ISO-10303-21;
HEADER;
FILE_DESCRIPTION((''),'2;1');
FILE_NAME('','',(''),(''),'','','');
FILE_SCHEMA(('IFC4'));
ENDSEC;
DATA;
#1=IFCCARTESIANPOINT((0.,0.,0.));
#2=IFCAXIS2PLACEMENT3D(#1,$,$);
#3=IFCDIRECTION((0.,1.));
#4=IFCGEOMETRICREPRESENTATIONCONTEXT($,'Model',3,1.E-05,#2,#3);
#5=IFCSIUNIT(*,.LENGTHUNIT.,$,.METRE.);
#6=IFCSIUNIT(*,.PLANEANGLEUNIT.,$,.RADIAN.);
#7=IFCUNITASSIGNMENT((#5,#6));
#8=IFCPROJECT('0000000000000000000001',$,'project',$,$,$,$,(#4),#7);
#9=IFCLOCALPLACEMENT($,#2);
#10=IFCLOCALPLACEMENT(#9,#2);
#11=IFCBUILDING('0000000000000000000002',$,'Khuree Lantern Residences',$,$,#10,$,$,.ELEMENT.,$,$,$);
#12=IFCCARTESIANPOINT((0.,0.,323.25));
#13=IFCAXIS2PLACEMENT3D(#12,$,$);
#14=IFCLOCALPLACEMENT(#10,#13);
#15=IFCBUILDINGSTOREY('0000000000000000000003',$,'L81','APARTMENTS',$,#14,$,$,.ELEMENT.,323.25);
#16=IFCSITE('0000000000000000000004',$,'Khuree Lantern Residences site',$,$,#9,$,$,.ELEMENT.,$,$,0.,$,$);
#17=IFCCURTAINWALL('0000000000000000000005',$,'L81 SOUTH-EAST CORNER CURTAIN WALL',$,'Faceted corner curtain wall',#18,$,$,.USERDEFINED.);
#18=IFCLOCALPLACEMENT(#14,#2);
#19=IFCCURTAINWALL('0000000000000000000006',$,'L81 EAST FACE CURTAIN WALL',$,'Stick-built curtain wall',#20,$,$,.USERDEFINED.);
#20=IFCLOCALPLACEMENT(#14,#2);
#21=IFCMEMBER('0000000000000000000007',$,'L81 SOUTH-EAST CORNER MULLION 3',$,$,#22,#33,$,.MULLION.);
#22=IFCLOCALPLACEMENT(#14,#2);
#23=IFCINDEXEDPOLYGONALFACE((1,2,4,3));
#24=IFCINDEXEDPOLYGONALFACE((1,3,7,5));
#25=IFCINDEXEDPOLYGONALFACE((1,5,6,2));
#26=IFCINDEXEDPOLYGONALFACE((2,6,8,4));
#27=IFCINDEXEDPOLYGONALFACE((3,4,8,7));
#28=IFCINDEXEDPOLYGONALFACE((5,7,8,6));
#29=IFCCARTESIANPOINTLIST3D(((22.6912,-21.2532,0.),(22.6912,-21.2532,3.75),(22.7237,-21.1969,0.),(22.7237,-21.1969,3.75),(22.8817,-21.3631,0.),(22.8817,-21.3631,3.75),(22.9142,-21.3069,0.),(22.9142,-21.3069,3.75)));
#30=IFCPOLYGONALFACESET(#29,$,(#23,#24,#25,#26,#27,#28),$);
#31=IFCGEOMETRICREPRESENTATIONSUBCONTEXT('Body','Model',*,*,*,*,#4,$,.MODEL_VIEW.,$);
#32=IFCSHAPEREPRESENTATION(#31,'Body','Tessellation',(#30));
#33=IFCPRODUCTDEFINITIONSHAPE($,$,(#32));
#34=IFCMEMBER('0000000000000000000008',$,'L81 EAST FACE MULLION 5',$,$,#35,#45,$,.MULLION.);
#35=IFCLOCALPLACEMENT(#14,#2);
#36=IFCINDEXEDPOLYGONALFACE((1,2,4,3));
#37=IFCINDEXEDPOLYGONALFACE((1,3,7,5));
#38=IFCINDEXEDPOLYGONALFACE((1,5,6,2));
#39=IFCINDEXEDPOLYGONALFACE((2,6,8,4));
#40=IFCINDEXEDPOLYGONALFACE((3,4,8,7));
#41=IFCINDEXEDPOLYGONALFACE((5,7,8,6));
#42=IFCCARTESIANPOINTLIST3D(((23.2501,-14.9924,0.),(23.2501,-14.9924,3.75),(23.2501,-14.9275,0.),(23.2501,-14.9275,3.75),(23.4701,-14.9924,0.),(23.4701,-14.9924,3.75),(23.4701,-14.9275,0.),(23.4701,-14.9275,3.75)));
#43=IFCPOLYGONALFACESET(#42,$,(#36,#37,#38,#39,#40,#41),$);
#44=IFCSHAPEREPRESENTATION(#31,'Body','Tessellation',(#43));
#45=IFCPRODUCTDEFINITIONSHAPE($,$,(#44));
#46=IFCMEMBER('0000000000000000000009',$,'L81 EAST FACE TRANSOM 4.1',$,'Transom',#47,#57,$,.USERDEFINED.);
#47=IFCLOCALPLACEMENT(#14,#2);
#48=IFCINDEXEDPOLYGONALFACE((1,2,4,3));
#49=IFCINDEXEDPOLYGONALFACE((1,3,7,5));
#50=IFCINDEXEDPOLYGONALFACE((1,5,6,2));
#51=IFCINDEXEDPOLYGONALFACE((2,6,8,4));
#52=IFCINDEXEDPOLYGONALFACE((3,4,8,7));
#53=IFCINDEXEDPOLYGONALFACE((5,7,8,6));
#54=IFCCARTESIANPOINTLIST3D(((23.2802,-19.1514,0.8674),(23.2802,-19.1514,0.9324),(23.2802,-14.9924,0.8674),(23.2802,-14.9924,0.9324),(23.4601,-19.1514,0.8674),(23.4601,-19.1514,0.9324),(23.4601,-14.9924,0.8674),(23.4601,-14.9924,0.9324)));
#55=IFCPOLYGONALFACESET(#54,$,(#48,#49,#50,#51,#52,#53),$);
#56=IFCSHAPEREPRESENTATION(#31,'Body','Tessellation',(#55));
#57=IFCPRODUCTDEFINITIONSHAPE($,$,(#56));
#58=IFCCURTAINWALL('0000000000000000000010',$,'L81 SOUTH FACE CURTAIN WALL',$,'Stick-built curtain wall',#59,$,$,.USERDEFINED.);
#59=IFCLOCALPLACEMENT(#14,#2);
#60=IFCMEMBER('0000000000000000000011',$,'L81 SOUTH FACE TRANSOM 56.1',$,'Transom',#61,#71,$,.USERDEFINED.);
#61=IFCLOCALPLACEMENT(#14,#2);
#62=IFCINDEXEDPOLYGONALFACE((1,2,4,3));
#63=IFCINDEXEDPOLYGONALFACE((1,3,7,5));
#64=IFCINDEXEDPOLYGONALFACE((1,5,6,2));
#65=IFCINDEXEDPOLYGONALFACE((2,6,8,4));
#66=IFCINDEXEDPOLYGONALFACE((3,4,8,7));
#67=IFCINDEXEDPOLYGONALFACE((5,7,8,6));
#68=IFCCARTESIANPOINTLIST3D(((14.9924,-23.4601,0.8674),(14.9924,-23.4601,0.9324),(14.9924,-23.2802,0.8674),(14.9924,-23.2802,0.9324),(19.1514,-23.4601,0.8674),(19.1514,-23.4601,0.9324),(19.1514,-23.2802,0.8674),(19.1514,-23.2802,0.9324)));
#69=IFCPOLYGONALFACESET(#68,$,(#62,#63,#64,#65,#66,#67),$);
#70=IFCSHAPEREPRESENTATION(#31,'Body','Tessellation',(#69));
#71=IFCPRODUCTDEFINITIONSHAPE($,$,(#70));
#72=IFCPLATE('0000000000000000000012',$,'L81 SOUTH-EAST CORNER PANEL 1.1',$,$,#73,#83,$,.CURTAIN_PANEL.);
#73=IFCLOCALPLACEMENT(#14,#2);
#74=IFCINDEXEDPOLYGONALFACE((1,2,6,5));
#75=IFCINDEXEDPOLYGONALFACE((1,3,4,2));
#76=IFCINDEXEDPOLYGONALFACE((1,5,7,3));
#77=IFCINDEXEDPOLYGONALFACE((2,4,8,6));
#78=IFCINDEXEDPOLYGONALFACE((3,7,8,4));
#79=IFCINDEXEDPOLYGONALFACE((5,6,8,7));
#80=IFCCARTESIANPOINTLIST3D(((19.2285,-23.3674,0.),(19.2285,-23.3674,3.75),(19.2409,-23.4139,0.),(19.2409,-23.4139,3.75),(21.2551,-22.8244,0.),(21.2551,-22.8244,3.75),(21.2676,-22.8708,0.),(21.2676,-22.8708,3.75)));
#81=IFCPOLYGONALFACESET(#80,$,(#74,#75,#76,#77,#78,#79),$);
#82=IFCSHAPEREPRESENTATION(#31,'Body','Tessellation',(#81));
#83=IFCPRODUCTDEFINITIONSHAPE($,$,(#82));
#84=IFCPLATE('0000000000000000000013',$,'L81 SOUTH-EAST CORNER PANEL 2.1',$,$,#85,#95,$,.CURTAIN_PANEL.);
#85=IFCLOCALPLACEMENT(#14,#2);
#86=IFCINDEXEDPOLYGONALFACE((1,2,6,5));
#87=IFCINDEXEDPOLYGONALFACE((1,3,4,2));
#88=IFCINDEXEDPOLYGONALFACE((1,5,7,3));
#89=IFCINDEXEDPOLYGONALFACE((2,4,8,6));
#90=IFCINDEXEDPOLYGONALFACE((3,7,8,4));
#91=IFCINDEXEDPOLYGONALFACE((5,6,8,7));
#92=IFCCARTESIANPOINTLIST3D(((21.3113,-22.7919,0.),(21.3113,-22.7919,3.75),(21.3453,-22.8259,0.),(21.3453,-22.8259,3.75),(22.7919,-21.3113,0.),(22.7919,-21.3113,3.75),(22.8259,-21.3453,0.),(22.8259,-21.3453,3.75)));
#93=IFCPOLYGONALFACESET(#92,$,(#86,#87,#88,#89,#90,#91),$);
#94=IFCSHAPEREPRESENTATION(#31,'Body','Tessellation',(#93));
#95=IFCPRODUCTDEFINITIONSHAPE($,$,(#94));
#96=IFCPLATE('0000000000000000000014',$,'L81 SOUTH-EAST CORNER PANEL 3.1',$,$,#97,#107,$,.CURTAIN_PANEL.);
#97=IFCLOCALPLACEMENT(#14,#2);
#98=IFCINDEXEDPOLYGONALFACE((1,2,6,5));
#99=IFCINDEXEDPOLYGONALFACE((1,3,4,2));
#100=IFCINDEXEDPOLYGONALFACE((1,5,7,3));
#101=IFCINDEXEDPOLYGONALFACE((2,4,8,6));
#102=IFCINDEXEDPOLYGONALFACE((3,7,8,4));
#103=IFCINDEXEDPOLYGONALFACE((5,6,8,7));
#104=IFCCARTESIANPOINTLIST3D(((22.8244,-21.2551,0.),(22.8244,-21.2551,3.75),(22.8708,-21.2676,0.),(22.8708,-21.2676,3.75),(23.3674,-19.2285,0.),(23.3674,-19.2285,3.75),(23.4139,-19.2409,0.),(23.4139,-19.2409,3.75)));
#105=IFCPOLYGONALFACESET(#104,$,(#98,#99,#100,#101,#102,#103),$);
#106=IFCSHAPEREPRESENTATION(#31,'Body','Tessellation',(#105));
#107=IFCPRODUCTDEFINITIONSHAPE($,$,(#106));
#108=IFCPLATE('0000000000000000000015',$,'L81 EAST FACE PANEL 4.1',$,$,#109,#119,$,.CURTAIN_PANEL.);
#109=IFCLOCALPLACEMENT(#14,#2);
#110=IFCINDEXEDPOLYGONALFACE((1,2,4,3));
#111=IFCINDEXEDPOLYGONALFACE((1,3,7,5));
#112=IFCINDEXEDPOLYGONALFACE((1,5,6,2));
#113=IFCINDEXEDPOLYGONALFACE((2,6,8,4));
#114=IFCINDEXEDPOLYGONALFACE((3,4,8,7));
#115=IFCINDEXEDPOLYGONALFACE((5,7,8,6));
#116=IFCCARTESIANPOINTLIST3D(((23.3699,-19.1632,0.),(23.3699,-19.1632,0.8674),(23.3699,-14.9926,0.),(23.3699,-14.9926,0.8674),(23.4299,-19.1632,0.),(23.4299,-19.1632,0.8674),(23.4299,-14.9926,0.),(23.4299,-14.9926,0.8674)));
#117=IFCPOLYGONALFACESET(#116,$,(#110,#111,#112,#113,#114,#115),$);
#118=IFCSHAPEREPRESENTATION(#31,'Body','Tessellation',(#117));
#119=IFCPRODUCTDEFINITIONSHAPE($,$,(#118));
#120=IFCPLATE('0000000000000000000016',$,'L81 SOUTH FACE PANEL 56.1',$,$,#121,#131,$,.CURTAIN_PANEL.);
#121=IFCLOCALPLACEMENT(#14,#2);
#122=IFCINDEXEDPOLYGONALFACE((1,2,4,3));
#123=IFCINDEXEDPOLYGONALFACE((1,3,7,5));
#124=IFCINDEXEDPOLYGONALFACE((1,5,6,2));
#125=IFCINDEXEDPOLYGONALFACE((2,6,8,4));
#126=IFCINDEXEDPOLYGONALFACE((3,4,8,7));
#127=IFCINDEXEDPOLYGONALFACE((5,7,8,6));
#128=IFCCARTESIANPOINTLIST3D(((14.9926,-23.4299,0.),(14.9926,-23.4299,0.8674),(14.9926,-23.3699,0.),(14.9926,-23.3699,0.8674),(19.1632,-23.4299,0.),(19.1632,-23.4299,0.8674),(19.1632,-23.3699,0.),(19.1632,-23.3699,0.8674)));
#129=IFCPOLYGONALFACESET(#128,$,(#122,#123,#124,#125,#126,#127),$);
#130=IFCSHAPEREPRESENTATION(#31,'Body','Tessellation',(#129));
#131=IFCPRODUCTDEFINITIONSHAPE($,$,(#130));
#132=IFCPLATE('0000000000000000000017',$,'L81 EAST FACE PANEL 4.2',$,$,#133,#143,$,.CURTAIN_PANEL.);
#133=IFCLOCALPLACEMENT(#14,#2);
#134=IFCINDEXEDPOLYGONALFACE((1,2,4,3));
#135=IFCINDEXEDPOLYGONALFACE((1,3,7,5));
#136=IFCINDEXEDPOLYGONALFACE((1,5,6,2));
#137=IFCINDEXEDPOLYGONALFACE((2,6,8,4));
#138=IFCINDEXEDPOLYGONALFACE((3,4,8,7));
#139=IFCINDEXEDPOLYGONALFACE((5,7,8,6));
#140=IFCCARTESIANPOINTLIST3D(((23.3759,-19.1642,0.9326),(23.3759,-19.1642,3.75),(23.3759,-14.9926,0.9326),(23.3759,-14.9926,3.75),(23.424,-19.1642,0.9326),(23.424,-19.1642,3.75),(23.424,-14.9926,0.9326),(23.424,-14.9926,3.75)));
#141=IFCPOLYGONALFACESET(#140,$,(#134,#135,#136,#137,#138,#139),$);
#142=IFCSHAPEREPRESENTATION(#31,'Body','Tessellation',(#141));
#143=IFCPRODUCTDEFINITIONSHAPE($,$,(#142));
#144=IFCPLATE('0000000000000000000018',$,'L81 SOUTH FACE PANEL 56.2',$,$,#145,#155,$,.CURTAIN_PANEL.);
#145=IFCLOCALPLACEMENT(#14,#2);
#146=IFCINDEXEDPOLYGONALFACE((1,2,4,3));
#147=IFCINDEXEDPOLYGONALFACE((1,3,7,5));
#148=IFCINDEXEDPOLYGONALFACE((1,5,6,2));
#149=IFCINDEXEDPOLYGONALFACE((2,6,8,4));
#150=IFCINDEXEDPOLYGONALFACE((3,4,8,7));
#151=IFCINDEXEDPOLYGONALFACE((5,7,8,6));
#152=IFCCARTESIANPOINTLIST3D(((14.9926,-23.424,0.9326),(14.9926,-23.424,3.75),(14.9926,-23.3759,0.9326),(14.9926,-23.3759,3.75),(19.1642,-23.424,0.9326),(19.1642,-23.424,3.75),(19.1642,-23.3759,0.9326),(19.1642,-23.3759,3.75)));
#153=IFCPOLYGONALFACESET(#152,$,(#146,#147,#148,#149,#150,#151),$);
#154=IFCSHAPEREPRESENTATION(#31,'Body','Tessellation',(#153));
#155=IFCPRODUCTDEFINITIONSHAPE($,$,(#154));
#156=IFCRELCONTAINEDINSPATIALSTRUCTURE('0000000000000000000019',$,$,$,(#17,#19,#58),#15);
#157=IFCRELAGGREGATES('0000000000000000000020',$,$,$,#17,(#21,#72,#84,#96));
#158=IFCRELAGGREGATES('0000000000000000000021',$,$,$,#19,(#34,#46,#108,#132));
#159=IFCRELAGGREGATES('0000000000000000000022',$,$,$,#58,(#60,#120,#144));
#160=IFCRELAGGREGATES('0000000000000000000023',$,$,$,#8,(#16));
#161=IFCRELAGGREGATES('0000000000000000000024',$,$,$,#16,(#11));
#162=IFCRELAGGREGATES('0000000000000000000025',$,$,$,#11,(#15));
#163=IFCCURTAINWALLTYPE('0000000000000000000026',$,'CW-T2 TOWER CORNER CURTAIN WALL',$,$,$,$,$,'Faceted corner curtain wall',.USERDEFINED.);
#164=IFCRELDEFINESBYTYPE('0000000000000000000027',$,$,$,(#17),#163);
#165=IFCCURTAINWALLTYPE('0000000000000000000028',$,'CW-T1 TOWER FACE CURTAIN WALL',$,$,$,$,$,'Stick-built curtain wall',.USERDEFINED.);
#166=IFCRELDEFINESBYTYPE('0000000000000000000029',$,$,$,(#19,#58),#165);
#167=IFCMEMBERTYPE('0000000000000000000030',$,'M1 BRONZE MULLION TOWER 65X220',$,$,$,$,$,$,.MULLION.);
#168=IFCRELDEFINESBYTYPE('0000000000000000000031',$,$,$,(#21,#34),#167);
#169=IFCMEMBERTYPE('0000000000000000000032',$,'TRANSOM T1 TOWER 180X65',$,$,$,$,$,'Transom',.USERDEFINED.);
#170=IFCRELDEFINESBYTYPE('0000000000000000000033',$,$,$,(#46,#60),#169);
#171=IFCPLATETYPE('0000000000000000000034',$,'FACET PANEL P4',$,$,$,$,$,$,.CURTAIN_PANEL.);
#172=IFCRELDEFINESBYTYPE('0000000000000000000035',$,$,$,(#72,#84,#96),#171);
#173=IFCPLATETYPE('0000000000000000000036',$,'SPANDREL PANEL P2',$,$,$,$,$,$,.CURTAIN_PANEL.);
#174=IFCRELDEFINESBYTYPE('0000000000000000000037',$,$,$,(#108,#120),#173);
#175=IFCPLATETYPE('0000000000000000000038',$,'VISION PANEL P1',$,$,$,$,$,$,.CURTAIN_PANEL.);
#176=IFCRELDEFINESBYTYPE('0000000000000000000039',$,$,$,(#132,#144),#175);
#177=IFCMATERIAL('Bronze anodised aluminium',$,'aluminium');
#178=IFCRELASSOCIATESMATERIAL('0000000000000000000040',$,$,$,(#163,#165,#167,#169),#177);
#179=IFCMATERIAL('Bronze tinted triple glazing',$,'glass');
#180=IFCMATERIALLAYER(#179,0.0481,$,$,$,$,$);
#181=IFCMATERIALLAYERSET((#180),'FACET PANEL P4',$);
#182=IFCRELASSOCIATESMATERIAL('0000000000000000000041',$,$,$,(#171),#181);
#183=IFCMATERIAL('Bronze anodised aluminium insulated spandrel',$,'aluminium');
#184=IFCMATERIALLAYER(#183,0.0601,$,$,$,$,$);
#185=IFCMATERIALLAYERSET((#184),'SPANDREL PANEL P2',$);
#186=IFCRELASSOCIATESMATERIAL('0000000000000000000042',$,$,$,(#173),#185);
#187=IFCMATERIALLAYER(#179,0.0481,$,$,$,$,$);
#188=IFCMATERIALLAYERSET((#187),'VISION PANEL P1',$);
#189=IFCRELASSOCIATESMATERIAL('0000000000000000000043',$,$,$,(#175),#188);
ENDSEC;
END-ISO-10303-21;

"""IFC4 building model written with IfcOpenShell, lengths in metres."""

from ifc_helpers import new_model, si_unit, direction, frame, origin, origin_2d, place, context, subcontext, project, spatial, rectangle, extrude, material, layer, layer_set, material_profile, profile_set, type_object, element, aggregate, save


model = new_model("IFC4")

# Units and contexts
model_context = context("Model", 3, precision=1e-05, world=origin(), true_north=direction((0.0, 1.0)))
body_context = subcontext(model_context, "Body", "Model", "MODEL_VIEW")
ifc_project = project(units=[si_unit("LENGTHUNIT", "METRE"), si_unit("PLANEANGLEUNIT", "RADIAN")], contexts=[model_context])

# Site, building, storey
site_placement = place(None, origin())
site = spatial("IfcSite", under=ifc_project, at=site_placement, Name="Khuree Lantern Residences site", CompositionType="ELEMENT", RefElevation=0.0)
building_placement = place(site_placement, origin())
building = spatial("IfcBuilding", under=site, at=building_placement, Name="Khuree Lantern Residences", CompositionType="ELEMENT")
storey_placement = place(building_placement, frame((0.0, 0.0, 323.25)))
storey = spatial("IfcBuildingStorey", under=building, at=storey_placement, Name="L81", Description="APARTMENTS", CompositionType="ELEMENT", Elevation=323.25)

# Curtain walls
ifc_material_1 = material(Name="Bronze anodised aluminium", Category="aluminium")
curtain_wall_type_1 = type_object("IfcCurtainWallType", Name="CW-T2 TOWER CORNER CURTAIN WALL", ElementType="Faceted corner curtain wall", PredefinedType="USERDEFINED", material=ifc_material_1)
curtain_wall_1_placement = place(storey_placement, origin())
curtain_wall_1 = element("IfcCurtainWall", 1, at=curtain_wall_1_placement, inside=storey, type_object=curtain_wall_type_1, Name="L81 SOUTH-EAST CORNER CURTAIN WALL", ObjectType="Faceted corner curtain wall", PredefinedType="USERDEFINED")
curtain_wall_type_2 = type_object("IfcCurtainWallType", Name="CW-T1 TOWER FACE CURTAIN WALL", ElementType="Stick-built curtain wall", PredefinedType="USERDEFINED", material=ifc_material_1)
curtain_wall_2_placement = place(storey_placement, origin())
curtain_wall_2 = element("IfcCurtainWall", 2, at=curtain_wall_2_placement, inside=storey, type_object=curtain_wall_type_2, Name="L81 EAST FACE CURTAIN WALL", ObjectType="Stick-built curtain wall", PredefinedType="USERDEFINED")

# Members
ifc_material_profile_1 = material_profile(ifc_material_1, rectangle(XDim=0.0649, YDim=0.22, at=origin_2d()), Name="M1 65X220")
ifc_profile_set_1 = profile_set([ifc_material_profile_1], Name="Bronze anodised aluminium")
member_type_1 = type_object("IfcMemberType", Name="M1 BRONZE MULLION TOWER 65X220", PredefinedType="MULLION", material=ifc_profile_set_1)
member_1_placement = place(storey_placement, frame((22.8027, -21.28, 0.0), z_axis=(0.0, 0.0, 1.0), x_axis=(0.5, 0.866025, 0.0)))
member_1 = element("IfcMember", 3, at=member_1_placement, type_object=member_type_1, Name="L81 SOUTH-EAST CORNER MULLION 3", PredefinedType="MULLION", context=body_context, shape_type="SweptSolid", body=[
    extrude(rectangle(XDim=0.0649, YDim=0.22, at=origin_2d()), origin(), (0.0, 0.0, 1.0), 3.75),
])
member_2_placement = place(storey_placement, frame((23.3601, -14.96, 0.0), z_axis=(0.0, 0.0, 1.0), x_axis=(0.0, 1.0, 0.0)))
member_2 = element("IfcMember", 4, at=member_2_placement, type_object=member_type_1, Name="L81 EAST FACE MULLION 5", PredefinedType="MULLION", context=body_context, shape_type="SweptSolid", body=[
    extrude(rectangle(XDim=0.0649, YDim=0.22, at=origin_2d()), origin(), (0.0, 0.0, 1.0), 3.75),
])
ifc_material_profile_2 = material_profile(ifc_material_1, rectangle(XDim=0.1799, YDim=0.0649, at=origin_2d()), Name="T1 180X65")
ifc_profile_set_2 = profile_set([ifc_material_profile_2], Name="Bronze anodised aluminium")
member_type_2 = type_object("IfcMemberType", Name="TRANSOM T1 TOWER 180X65", ElementType="Transom", PredefinedType="USERDEFINED", material=ifc_profile_set_2)
member_3_placement = place(storey_placement, frame((23.3701, -19.1514, 0.8999), z_axis=(0.0, 1.0, 0.0), x_axis=(-1.0, 0.0, 0.0)))
member_3 = element("IfcMember", 5, at=member_3_placement, type_object=member_type_2, Name="L81 EAST FACE TRANSOM 4.1", ObjectType="Transom", PredefinedType="USERDEFINED", context=body_context, shape_type="SweptSolid", body=[
    extrude(rectangle(XDim=0.1799, YDim=0.0649, at=origin_2d()), origin(), (0.0, 0.0, 1.0), 4.1589),
])

# Curtain wall, member
curtain_wall_3_placement = place(storey_placement, origin())
curtain_wall_3 = element("IfcCurtainWall", 6, at=curtain_wall_3_placement, inside=storey, type_object=curtain_wall_type_2, Name="L81 SOUTH FACE CURTAIN WALL", ObjectType="Stick-built curtain wall", PredefinedType="USERDEFINED")
member_4_placement = place(storey_placement, frame((14.9924, -23.3701, 0.8999), z_axis=(1.0, 0.0, 0.0), x_axis=(0.0, 1.0, 0.0)))
member_4 = element("IfcMember", 7, at=member_4_placement, type_object=member_type_2, Name="L81 SOUTH FACE TRANSOM 56.1", ObjectType="Transom", PredefinedType="USERDEFINED", context=body_context, shape_type="SweptSolid", body=[
    extrude(rectangle(XDim=0.1799, YDim=0.0649, at=origin_2d()), origin(), (0.0, 0.0, 1.0), 4.1589),
])

# Plates
ifc_material_2 = material(Name="Bronze tinted triple glazing", Category="glass")
ifc_layer_1 = layer(ifc_material_2, 0.0481)
ifc_layer_set_1 = layer_set([ifc_layer_1], Name="FACET PANEL P4")
plate_type_1 = type_object("IfcPlateType", Name="FACET PANEL P4", PredefinedType="CURTAIN_PANEL", material=ifc_layer_set_1)
plate_1_placement = place(storey_placement, frame((20.248, -23.1191, 0.0), z_axis=(0.0, 0.0, 1.0), x_axis=(0.965926, 0.258819, 0.0)))
plate_1 = element("IfcPlate", 8, at=plate_1_placement, type_object=plate_type_1, Name="L81 SOUTH-EAST CORNER PANEL 1.1", PredefinedType="CURTAIN_PANEL", context=body_context, shape_type="SweptSolid", body=[
    extrude(rectangle(XDim=2.0981, YDim=0.0481, at=origin_2d()), origin(), (0.0, 0.0, 1.0), 3.75),
])
plate_2_placement = place(storey_placement, frame((22.0686, -22.0686, 0.0), z_axis=(0.0, 0.0, 1.0), x_axis=(0.707107, 0.707107, 0.0)))
plate_2 = element("IfcPlate", 9, at=plate_2_placement, type_object=plate_type_1, Name="L81 SOUTH-EAST CORNER PANEL 2.1", PredefinedType="CURTAIN_PANEL", context=body_context, shape_type="SweptSolid", body=[
    extrude(rectangle(XDim=2.094, YDim=0.0481, at=origin_2d()), origin(), (0.0, 0.0, 1.0), 3.75),
])
plate_3_placement = place(storey_placement, frame((23.1191, -20.248, 0.0), z_axis=(0.0, 0.0, 1.0), x_axis=(0.258819, 0.965926, 0.0)))
plate_3 = element("IfcPlate", 10, at=plate_3_placement, type_object=plate_type_1, Name="L81 SOUTH-EAST CORNER PANEL 3.1", PredefinedType="CURTAIN_PANEL", context=body_context, shape_type="SweptSolid", body=[
    extrude(rectangle(XDim=2.0981, YDim=0.0481, at=origin_2d()), origin(), (0.0, 0.0, 1.0), 3.75),
])
aggregate(curtain_wall_1, [member_1, plate_1, plate_2, plate_3])
ifc_material_3 = material(Name="Bronze anodised aluminium insulated spandrel", Category="aluminium")
ifc_layer_2 = layer(ifc_material_3, 0.0601)
ifc_layer_set_2 = layer_set([ifc_layer_2], Name="SPANDREL PANEL P2")
plate_type_2 = type_object("IfcPlateType", Name="SPANDREL PANEL P2", PredefinedType="CURTAIN_PANEL", material=ifc_layer_set_2)
plate_4_placement = place(storey_placement, frame((23.3999, -17.0779, 0.0), z_axis=(0.0, 0.0, 1.0), x_axis=(0.0, 1.0, 0.0)))
plate_4 = element("IfcPlate", 11, at=plate_4_placement, type_object=plate_type_2, Name="L81 EAST FACE PANEL 4.1", PredefinedType="CURTAIN_PANEL", context=body_context, shape_type="SweptSolid", body=[
    extrude(rectangle(XDim=4.1707, YDim=0.0601, at=origin_2d()), origin(), (0.0, 0.0, 1.0), 0.8674),
])
plate_5_placement = place(storey_placement, frame((17.0779, -23.3999, 0.0), z_axis=(0.0, 0.0, 1.0), x_axis=(1.0, 0.0, 0.0)))
plate_5 = element("IfcPlate", 12, at=plate_5_placement, type_object=plate_type_2, Name="L81 SOUTH FACE PANEL 56.1", PredefinedType="CURTAIN_PANEL", context=body_context, shape_type="SweptSolid", body=[
    extrude(rectangle(XDim=4.1707, YDim=0.0601, at=origin_2d()), origin(), (0.0, 0.0, 1.0), 0.8674),
])
ifc_layer_3 = layer(ifc_material_2, 0.0481)
ifc_layer_set_3 = layer_set([ifc_layer_3], Name="VISION PANEL P1")
plate_type_3 = type_object("IfcPlateType", Name="VISION PANEL P1", PredefinedType="CURTAIN_PANEL", material=ifc_layer_set_3)
plate_6_placement = place(storey_placement, frame((23.3999, -17.0784, 0.9326), z_axis=(0.0, 0.0, 1.0), x_axis=(0.0, 1.0, 0.0)))
plate_6 = element("IfcPlate", 13, at=plate_6_placement, type_object=plate_type_3, Name="L81 EAST FACE PANEL 4.2", PredefinedType="CURTAIN_PANEL", context=body_context, shape_type="SweptSolid", body=[
    extrude(rectangle(XDim=4.1716, YDim=0.0481, at=origin_2d()), origin(), (0.0, 0.0, 1.0), 2.8174),
])
aggregate(curtain_wall_2, [member_2, member_3, plate_4, plate_6])
plate_7_placement = place(storey_placement, frame((17.0784, -23.3999, 0.9326), z_axis=(0.0, 0.0, 1.0), x_axis=(1.0, 0.0, 0.0)))
plate_7 = element("IfcPlate", 14, at=plate_7_placement, type_object=plate_type_3, Name="L81 SOUTH FACE PANEL 56.2", PredefinedType="CURTAIN_PANEL", context=body_context, shape_type="SweptSolid", body=[
    extrude(rectangle(XDim=4.1716, YDim=0.0481, at=origin_2d()), origin(), (0.0, 0.0, 1.0), 2.8174),
])
aggregate(curtain_wall_3, [member_4, plate_5, plate_7])

save(model, "model.ifc")
